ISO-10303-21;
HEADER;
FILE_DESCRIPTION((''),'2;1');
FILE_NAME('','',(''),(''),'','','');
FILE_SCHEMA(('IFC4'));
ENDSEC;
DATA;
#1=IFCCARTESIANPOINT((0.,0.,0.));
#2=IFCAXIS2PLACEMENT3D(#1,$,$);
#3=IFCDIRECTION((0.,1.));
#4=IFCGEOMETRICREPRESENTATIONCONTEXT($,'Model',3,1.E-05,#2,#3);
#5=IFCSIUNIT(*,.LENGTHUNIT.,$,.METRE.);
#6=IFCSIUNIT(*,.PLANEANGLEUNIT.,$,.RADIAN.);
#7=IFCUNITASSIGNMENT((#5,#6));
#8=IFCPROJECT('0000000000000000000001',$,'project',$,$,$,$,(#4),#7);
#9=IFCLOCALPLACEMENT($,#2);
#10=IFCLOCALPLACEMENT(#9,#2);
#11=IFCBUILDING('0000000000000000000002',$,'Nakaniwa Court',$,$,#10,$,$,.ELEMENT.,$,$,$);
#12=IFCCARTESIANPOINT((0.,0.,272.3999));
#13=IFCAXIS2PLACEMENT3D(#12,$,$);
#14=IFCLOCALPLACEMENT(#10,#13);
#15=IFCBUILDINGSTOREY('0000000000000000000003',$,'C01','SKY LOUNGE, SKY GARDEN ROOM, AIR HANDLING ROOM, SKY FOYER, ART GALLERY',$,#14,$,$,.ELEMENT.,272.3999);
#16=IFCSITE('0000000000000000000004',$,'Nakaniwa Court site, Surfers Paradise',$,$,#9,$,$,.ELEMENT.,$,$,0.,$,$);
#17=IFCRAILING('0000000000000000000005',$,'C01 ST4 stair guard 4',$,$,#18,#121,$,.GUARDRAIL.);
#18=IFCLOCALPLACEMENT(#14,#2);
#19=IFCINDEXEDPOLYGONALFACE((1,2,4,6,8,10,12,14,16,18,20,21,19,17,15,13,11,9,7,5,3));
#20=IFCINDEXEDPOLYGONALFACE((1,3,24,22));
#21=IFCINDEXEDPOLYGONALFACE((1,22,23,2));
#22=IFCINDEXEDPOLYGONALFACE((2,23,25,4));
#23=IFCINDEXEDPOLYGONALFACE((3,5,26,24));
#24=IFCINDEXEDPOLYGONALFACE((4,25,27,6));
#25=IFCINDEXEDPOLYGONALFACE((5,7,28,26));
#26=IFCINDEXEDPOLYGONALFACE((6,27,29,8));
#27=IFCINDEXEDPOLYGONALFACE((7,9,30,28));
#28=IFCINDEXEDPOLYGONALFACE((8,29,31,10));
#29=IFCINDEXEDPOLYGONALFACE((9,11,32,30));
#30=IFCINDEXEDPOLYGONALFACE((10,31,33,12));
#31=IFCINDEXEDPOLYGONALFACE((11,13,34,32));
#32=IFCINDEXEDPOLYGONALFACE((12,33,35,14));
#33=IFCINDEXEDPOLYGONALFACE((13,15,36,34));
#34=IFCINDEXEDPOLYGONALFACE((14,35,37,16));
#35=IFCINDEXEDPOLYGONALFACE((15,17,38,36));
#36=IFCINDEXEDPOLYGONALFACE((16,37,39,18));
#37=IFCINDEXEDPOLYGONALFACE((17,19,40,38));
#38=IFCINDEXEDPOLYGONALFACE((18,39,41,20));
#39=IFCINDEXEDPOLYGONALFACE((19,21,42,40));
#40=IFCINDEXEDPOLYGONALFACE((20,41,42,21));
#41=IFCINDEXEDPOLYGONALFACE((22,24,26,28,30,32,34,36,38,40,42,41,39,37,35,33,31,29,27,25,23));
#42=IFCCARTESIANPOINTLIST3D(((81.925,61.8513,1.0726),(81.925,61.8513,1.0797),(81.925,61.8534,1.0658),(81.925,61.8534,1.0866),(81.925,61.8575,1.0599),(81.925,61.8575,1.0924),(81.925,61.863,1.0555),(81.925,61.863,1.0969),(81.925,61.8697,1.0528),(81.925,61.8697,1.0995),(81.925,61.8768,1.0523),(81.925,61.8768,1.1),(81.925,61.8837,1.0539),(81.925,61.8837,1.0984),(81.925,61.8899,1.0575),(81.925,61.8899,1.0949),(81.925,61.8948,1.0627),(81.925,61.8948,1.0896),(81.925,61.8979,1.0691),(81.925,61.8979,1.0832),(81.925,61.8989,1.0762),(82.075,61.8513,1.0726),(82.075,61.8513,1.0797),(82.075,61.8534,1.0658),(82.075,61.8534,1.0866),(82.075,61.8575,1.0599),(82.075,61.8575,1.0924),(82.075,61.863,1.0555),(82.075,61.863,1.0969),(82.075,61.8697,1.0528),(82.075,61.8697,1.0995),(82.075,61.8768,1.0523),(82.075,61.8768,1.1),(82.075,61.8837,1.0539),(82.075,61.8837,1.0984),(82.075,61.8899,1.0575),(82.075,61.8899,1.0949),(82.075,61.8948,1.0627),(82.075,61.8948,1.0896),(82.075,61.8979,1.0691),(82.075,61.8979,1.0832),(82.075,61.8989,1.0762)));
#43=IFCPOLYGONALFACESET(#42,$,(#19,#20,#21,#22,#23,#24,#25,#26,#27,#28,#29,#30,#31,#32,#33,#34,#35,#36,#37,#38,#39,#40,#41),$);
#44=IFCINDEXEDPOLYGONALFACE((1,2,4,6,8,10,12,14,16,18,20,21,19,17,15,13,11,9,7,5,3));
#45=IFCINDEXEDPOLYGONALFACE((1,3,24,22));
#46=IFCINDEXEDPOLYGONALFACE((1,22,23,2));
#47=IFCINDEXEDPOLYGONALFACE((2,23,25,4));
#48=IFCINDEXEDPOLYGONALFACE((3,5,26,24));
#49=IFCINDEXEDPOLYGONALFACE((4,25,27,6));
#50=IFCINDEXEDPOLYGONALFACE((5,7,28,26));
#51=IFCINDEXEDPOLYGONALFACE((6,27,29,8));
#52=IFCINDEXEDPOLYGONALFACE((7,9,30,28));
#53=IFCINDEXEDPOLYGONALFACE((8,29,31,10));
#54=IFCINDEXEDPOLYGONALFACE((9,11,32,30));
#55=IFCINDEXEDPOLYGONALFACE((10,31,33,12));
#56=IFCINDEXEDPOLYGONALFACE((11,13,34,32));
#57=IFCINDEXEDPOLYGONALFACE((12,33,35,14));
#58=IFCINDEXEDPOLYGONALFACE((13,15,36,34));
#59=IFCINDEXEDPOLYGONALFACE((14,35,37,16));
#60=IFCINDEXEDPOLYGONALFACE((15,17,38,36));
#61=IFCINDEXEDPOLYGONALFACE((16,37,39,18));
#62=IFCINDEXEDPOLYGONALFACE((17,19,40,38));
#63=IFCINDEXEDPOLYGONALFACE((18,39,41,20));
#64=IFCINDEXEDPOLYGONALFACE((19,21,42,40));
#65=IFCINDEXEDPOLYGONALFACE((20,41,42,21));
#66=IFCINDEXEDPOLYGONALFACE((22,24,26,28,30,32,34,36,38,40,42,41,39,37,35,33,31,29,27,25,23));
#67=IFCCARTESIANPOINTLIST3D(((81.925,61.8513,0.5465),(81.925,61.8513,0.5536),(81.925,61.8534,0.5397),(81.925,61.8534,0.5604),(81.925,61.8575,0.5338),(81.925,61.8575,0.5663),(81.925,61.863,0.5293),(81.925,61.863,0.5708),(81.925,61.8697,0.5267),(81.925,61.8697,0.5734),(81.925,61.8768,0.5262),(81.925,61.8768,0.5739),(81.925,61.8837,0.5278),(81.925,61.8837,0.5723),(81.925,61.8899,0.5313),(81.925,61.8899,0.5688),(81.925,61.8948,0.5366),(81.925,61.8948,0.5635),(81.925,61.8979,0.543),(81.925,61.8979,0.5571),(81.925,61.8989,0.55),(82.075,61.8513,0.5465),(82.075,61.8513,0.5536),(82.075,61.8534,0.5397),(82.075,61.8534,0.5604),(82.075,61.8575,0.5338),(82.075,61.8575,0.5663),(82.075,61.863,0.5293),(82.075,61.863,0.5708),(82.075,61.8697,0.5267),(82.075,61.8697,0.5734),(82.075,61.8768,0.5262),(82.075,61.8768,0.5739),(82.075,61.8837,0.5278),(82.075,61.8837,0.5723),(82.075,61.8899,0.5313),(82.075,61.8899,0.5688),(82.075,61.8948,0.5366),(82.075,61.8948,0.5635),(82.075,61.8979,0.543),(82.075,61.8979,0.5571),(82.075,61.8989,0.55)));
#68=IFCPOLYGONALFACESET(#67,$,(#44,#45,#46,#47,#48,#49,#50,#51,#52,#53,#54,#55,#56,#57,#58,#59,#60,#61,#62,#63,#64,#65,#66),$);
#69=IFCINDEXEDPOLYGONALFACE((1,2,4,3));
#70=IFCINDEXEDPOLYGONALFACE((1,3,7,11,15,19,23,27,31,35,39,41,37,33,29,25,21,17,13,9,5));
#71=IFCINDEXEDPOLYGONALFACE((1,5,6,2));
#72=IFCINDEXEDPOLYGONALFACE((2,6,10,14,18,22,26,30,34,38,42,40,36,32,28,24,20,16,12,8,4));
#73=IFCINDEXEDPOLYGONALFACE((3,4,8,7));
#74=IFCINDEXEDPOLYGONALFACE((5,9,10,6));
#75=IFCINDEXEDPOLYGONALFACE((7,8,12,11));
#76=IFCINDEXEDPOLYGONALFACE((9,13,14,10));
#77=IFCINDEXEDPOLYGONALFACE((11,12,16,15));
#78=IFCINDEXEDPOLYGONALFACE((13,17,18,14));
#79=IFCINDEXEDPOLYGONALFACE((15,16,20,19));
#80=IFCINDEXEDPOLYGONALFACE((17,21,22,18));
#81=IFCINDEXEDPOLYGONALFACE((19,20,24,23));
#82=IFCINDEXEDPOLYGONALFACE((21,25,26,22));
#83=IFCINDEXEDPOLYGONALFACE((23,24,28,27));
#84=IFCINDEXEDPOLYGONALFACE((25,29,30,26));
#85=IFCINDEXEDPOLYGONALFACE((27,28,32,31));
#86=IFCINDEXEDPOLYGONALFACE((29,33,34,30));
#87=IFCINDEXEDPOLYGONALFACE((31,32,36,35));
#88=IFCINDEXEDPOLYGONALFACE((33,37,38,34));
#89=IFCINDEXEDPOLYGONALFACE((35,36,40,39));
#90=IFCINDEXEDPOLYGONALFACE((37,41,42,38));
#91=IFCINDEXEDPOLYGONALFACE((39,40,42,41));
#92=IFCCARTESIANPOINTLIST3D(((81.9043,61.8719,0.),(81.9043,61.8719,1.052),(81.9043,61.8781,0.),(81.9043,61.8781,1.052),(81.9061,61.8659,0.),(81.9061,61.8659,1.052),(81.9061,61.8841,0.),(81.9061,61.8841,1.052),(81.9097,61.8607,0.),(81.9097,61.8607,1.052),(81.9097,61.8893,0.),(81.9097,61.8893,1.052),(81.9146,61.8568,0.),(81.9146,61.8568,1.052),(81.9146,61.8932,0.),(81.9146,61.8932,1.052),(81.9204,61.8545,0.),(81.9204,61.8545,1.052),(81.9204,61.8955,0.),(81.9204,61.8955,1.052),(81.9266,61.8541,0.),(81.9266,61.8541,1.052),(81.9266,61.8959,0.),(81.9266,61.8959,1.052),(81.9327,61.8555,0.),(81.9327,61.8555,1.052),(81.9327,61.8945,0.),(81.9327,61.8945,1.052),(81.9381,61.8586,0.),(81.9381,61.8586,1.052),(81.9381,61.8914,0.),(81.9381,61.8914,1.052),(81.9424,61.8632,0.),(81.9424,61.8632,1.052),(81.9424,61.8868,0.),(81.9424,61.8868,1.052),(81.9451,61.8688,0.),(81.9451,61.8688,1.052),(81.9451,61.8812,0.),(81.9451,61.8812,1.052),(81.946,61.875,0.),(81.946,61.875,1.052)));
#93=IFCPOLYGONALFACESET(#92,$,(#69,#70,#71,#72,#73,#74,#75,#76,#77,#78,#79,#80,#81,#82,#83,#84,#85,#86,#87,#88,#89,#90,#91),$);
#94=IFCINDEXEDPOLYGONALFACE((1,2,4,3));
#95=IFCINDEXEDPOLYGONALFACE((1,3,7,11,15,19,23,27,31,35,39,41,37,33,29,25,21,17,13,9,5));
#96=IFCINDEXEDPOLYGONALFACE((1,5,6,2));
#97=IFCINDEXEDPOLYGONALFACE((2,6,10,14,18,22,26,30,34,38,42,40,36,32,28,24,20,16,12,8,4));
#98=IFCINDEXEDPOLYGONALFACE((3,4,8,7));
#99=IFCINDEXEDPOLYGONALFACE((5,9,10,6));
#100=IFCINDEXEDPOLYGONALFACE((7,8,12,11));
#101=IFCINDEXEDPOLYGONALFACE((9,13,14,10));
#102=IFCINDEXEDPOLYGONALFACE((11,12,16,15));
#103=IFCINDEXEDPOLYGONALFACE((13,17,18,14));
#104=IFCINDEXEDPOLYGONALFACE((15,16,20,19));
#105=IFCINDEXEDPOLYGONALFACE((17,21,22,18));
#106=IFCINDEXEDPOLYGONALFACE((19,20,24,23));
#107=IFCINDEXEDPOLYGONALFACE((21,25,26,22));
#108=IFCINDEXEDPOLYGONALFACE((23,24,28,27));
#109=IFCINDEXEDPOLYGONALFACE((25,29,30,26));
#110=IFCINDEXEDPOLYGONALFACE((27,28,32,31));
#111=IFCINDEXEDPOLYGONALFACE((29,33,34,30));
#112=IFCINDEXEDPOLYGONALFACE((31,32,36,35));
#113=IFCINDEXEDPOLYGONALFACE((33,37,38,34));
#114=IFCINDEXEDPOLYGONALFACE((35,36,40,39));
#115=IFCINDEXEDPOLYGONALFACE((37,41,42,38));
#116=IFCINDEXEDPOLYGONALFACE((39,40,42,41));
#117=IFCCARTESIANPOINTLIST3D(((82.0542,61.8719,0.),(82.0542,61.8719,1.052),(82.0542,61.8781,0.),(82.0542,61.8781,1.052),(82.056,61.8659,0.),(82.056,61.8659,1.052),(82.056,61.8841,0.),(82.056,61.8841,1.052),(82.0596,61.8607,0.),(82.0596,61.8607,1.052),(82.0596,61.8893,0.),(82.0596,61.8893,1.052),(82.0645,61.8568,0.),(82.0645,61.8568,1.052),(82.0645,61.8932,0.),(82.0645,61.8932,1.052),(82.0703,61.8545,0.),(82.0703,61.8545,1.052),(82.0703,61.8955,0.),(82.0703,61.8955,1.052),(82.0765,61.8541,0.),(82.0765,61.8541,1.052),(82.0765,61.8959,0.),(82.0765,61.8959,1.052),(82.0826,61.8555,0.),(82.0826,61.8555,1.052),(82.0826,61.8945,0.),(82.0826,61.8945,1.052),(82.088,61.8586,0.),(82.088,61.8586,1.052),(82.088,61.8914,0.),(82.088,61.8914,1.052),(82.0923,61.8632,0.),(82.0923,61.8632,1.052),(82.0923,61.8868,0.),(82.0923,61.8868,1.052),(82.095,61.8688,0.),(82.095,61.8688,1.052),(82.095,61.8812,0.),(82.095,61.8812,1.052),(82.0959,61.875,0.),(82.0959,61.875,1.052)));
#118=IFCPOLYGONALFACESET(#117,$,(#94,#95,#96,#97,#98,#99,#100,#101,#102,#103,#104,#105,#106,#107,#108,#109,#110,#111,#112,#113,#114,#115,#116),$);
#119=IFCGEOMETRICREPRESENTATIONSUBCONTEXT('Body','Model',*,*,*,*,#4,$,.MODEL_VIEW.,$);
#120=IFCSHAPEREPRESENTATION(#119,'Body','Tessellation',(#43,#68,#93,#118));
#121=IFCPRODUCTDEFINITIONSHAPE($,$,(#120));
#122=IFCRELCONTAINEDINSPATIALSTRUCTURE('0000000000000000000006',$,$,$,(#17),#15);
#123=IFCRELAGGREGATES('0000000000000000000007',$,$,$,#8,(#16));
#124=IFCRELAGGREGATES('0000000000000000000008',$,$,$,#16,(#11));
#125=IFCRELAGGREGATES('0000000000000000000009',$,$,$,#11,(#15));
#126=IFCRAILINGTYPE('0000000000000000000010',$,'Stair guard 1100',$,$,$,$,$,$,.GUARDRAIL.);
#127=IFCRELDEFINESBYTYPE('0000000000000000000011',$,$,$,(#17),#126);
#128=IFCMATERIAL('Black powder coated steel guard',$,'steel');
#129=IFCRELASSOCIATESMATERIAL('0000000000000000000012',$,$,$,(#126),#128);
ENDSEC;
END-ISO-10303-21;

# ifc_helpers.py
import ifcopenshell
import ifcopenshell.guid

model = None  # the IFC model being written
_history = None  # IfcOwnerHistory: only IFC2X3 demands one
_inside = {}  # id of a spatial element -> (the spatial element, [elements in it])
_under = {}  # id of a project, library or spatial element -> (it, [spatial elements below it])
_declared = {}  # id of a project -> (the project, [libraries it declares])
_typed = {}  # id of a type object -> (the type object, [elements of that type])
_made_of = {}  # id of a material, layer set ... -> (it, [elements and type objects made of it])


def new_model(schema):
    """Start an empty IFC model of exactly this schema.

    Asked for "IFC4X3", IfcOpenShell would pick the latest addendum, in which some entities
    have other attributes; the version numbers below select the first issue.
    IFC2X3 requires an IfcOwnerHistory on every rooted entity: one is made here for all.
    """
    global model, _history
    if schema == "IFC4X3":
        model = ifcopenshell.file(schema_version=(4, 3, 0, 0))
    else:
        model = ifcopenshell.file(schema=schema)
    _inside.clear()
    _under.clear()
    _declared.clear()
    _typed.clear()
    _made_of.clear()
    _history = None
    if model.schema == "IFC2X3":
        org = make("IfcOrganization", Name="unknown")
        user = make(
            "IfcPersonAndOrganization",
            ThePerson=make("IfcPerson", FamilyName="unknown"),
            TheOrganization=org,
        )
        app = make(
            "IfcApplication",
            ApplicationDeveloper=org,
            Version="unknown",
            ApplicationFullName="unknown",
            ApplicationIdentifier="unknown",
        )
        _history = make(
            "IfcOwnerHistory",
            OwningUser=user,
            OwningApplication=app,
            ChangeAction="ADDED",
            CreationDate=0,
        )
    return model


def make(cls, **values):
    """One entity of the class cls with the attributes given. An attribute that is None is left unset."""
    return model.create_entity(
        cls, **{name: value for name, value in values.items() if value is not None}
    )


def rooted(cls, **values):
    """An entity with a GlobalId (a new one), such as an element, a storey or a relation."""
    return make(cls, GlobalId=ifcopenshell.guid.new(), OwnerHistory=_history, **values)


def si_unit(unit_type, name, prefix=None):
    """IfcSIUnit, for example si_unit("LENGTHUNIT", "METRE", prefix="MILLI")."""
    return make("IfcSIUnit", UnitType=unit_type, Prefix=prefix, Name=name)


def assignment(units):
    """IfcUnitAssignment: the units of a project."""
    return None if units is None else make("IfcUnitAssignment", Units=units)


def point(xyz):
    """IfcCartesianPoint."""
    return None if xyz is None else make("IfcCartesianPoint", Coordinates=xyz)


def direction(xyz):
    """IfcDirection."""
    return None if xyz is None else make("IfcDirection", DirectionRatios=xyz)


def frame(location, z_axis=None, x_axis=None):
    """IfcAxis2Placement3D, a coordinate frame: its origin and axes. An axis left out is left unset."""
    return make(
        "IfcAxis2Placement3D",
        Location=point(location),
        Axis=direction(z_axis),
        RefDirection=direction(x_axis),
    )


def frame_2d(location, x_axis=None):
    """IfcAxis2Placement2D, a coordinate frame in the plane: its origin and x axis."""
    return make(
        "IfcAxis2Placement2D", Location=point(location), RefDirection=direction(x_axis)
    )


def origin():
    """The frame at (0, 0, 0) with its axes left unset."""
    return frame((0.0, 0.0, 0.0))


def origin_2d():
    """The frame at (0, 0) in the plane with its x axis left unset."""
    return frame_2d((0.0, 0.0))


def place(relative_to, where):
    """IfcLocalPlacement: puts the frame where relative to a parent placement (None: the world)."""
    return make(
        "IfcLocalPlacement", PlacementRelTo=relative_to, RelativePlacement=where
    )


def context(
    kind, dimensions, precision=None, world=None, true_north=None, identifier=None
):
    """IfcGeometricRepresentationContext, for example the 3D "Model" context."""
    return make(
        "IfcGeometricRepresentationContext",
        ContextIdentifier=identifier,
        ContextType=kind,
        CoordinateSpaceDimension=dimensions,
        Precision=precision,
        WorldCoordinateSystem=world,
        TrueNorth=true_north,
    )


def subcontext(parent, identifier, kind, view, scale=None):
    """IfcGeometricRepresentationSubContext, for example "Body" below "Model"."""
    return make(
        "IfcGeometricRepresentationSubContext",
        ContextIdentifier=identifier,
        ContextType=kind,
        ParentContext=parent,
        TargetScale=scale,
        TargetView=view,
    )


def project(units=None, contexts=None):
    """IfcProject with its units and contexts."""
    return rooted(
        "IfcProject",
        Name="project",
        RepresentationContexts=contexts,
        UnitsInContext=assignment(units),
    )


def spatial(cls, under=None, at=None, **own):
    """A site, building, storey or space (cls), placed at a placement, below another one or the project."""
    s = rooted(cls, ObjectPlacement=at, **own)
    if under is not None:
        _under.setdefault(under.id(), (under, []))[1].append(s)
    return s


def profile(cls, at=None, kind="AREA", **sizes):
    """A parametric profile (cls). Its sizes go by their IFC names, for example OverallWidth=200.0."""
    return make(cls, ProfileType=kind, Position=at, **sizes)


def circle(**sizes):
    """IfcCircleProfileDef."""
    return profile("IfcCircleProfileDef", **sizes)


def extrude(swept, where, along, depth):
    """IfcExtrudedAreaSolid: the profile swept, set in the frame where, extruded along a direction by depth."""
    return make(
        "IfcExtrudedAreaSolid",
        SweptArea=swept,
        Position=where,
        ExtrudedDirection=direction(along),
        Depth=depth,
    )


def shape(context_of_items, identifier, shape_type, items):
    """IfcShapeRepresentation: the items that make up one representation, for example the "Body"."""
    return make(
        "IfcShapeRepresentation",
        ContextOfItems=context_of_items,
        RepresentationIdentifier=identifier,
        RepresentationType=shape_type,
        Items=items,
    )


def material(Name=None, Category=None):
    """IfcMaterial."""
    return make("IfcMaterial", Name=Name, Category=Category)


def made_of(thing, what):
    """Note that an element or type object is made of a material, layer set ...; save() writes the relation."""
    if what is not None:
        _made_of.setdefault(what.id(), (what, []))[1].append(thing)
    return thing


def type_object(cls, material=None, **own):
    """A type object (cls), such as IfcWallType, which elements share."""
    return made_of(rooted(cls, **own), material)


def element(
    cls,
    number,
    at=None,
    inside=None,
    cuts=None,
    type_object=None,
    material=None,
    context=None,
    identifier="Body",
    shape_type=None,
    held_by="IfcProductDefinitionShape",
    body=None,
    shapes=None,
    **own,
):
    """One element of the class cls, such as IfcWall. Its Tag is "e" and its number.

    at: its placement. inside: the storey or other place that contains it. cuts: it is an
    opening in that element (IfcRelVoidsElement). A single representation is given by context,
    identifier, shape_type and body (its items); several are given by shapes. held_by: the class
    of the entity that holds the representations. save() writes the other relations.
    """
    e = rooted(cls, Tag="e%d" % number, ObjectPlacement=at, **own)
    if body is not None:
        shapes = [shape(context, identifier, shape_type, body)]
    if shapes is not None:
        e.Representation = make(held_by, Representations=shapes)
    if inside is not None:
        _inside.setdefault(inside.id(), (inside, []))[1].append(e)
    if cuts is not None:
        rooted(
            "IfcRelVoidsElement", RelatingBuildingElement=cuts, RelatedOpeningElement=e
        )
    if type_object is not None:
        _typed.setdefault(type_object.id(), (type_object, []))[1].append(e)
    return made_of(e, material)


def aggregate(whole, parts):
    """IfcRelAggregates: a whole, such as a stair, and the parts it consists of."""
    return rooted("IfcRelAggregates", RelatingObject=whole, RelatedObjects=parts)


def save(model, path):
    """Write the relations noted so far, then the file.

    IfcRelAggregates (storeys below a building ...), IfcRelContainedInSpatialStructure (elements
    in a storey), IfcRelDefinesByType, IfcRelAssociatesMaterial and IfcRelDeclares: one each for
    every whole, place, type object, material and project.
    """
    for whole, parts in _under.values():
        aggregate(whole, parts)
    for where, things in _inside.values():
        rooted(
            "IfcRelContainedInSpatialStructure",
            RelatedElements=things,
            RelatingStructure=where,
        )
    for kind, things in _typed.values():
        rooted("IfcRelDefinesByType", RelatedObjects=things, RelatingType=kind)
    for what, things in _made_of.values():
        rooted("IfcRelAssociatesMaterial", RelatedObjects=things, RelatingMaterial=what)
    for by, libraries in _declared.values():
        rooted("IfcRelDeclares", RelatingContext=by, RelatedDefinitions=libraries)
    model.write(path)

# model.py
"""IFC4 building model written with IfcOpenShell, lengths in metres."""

from ifc_helpers import new_model, si_unit, direction, frame, origin, origin_2d, place, context, subcontext, project, spatial, circle, extrude, material, type_object, element, save


model = new_model("IFC4")

# Units and contexts
model_context = context("Model", 3, precision=1e-05, world=origin(), true_north=direction((0.0, 1.0)))
body_context = subcontext(model_context, "Body", "Model", "MODEL_VIEW")
ifc_project = project(units=[si_unit("LENGTHUNIT", "METRE"), si_unit("PLANEANGLEUNIT", "RADIAN")], contexts=[model_context])

# Site, building, storey
site_placement = place(None, origin())
site = spatial("IfcSite", under=ifc_project, at=site_placement, Name="Nakaniwa Court site, Surfers Paradise", CompositionType="ELEMENT", RefElevation=0.0)
building_placement = place(site_placement, origin())
building = spatial("IfcBuilding", under=site, at=building_placement, Name="Nakaniwa Court", CompositionType="ELEMENT")
storey_placement = place(building_placement, frame((0.0, 0.0, 272.3999)))
storey = spatial("IfcBuildingStorey", under=building, at=storey_placement, Name="C01", Description="SKY LOUNGE, SKY GARDEN ROOM, AIR HANDLING ROOM, SKY FOYER, ART GALLERY", CompositionType="ELEMENT", Elevation=272.3999)

# Railing
ifc_material_1 = material(Name="Black powder coated steel guard", Category="steel")
railing_type_1 = type_object("IfcRailingType", Name="Stair guard 1100", PredefinedType="GUARDRAIL", material=ifc_material_1)
railing_1_placement = place(storey_placement, frame((81.925, 61.875, 0.0)))
element("IfcRailing", 1, at=railing_1_placement, inside=storey, type_object=railing_type_1, Name="C01 ST4 stair guard 4", PredefinedType="GUARDRAIL", context=body_context, shape_type="SweptSolid", body=[
    extrude(circle(Radius=0.0239, at=origin_2d()), frame((0.0, 0.0, 1.0762), z_axis=(1.0, 0.0, 0.0), x_axis=(0.0, 1.0, 0.0)), (0.0, 0.0, 1.0), 0.1499),
    extrude(circle(Radius=0.0239, at=origin_2d()), frame((0.0, 0.0, 0.55), z_axis=(1.0, 0.0, 0.0), x_axis=(0.0, 1.0, 0.0)), (0.0, 0.0, 1.0), 0.1499),
    extrude(circle(Radius=0.021, at=origin_2d()), origin(), (0.0, 0.0, 1.0), 1.052),
    extrude(circle(Radius=0.021, at=origin_2d()), frame((0.1499, 0.0, 0.0)), (0.0, 0.0, 1.0), 1.052),
])

save(model, "model.ifc")
